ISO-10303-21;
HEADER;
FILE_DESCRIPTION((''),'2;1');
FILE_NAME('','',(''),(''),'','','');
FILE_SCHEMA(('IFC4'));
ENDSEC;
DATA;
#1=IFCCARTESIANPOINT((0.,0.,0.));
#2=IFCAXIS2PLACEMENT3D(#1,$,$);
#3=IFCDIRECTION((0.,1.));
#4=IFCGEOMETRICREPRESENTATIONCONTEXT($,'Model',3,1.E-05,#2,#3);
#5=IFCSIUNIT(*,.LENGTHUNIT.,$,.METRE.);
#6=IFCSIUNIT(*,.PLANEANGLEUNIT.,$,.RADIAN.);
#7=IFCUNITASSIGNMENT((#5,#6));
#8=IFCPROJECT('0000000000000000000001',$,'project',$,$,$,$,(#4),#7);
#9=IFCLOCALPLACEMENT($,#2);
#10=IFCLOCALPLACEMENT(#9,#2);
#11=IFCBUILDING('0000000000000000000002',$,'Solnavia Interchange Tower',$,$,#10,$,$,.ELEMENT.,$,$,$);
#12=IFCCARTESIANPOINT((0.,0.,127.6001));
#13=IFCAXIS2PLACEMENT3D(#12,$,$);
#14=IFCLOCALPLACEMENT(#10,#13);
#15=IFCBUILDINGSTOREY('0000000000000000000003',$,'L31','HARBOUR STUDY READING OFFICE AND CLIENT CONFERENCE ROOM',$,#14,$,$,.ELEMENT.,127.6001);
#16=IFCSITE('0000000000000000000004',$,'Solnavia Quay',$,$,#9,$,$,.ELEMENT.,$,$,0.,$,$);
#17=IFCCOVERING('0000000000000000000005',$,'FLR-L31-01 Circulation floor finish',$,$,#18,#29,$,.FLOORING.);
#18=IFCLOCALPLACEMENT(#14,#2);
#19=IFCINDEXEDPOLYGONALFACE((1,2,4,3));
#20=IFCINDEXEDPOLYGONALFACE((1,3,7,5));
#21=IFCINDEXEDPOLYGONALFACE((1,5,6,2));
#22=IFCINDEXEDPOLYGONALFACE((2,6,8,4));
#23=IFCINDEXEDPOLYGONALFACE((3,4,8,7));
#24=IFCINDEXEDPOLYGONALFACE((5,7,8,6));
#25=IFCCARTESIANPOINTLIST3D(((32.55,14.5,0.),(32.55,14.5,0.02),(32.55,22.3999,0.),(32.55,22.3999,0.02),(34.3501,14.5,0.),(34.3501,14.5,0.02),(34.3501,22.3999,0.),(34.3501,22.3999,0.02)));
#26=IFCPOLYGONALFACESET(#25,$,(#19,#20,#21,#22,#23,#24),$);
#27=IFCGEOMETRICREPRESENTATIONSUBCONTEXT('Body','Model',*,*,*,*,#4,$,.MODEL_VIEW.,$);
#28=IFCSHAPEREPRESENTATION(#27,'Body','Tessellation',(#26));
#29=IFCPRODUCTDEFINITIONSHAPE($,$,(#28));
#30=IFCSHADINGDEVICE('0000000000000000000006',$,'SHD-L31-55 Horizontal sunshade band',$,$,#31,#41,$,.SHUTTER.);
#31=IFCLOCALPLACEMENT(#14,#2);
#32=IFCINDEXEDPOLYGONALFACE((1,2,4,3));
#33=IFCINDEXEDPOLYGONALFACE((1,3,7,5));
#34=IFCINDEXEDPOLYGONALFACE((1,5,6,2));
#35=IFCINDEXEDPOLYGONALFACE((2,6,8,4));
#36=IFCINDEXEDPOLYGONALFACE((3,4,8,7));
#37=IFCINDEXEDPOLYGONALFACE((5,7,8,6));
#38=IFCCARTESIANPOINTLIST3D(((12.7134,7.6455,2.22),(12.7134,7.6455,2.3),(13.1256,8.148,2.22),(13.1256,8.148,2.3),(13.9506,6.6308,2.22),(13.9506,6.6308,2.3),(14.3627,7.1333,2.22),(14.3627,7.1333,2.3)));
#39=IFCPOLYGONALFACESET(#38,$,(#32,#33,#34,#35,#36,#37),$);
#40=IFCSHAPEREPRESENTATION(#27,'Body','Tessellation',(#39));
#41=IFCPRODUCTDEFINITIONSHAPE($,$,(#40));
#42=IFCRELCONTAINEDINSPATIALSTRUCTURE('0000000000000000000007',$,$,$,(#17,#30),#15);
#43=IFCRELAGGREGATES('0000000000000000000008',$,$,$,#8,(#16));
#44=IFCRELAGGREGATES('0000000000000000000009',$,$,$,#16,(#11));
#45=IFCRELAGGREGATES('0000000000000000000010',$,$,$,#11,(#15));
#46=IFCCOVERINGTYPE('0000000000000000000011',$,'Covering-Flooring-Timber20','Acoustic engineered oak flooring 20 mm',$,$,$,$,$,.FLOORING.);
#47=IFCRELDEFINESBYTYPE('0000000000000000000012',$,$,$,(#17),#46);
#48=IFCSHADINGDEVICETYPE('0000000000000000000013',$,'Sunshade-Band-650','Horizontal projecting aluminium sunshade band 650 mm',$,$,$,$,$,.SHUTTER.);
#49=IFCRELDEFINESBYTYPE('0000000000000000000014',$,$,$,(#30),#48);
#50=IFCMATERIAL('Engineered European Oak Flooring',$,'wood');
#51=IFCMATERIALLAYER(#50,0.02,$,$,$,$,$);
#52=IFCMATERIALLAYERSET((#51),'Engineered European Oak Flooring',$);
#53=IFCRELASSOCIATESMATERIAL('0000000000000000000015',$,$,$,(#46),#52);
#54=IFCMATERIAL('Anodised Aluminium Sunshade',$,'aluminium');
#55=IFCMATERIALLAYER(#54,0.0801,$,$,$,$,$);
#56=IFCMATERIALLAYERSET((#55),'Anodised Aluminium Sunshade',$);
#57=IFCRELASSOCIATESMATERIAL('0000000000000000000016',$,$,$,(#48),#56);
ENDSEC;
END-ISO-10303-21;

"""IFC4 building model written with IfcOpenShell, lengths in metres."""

from ifc_helpers import new_model, si_unit, direction, frame, origin, origin_2d, place, context, subcontext, project, spatial, polyline, rectangle, outline, extrude, material, layer, layer_set, type_object, element, save


model = new_model("IFC4")

# Units and contexts
model_context = context("Model", 3, precision=1e-05, world=origin(), true_north=direction((0.0, 1.0)))
body_context = subcontext(model_context, "Body", "Model", "MODEL_VIEW")
ifc_project = project(units=[si_unit("LENGTHUNIT", "METRE"), si_unit("PLANEANGLEUNIT", "RADIAN")], contexts=[model_context])

# Site, building, storey
site_placement = place(None, origin())
site = spatial("IfcSite", under=ifc_project, at=site_placement, Name="Solnavia Quay", CompositionType="ELEMENT", RefElevation=0.0)
building_placement = place(site_placement, origin())
building = spatial("IfcBuilding", under=site, at=building_placement, Name="Solnavia Interchange Tower", CompositionType="ELEMENT")
storey_placement = place(building_placement, frame((0.0, 0.0, 127.6001)))
storey = spatial("IfcBuildingStorey", under=building, at=storey_placement, Name="L31", Description="HARBOUR STUDY READING OFFICE AND CLIENT CONFERENCE ROOM", CompositionType="ELEMENT", Elevation=127.6001)

# Covering
ifc_material_1 = material(Name="Engineered European Oak Flooring", Category="wood")
ifc_layer_1 = layer(ifc_material_1, 0.02)
ifc_layer_set_1 = layer_set([ifc_layer_1], Name="Engineered European Oak Flooring")
covering_type_1 = type_object("IfcCoveringType", Name="Covering-Flooring-Timber20", Description="Acoustic engineered oak flooring 20 mm", PredefinedType="FLOORING", material=ifc_layer_set_1)
covering_1_placement = place(storey_placement, origin())
element("IfcCovering", 1, at=covering_1_placement, inside=storey, type_object=covering_type_1, Name="FLR-L31-01 Circulation floor finish", PredefinedType="FLOORING", context=body_context, shape_type="SweptSolid", body=[
    extrude(outline(polyline([(32.55, 14.5), (34.3501, 14.5), (34.3501, 22.3999), (32.55, 22.3999), (32.55, 14.5)])), origin(), (0.0, 0.0, 1.0), 0.02),
])

# Shading device
ifc_material_2 = material(Name="Anodised Aluminium Sunshade", Category="aluminium")
ifc_layer_2 = layer(ifc_material_2, 0.0801)
ifc_layer_set_2 = layer_set([ifc_layer_2], Name="Anodised Aluminium Sunshade")
shading_device_type = type_object("IfcShadingDeviceType", Name="Sunshade-Band-650", Description="Horizontal projecting aluminium sunshade band 650 mm", PredefinedType="SHUTTER", material=ifc_layer_set_2)
shading_device_placement = place(storey_placement, frame((13.5381, 7.3894, 2.22), z_axis=(0.0, 0.0, 1.0), x_axis=(-0.773177, 0.634191, 0.0)))
element("IfcShadingDevice", 2, at=shading_device_placement, inside=storey, type_object=shading_device_type, Name="SHD-L31-55 Horizontal sunshade band", PredefinedType="SHUTTER", context=body_context, shape_type="SweptSolid", body=[
    extrude(rectangle(XDim=1.6001, YDim=0.6499, at=origin_2d()), origin(), (0.0, 0.0, 1.0), 0.0801),
])

save(model, "model.ifc")
